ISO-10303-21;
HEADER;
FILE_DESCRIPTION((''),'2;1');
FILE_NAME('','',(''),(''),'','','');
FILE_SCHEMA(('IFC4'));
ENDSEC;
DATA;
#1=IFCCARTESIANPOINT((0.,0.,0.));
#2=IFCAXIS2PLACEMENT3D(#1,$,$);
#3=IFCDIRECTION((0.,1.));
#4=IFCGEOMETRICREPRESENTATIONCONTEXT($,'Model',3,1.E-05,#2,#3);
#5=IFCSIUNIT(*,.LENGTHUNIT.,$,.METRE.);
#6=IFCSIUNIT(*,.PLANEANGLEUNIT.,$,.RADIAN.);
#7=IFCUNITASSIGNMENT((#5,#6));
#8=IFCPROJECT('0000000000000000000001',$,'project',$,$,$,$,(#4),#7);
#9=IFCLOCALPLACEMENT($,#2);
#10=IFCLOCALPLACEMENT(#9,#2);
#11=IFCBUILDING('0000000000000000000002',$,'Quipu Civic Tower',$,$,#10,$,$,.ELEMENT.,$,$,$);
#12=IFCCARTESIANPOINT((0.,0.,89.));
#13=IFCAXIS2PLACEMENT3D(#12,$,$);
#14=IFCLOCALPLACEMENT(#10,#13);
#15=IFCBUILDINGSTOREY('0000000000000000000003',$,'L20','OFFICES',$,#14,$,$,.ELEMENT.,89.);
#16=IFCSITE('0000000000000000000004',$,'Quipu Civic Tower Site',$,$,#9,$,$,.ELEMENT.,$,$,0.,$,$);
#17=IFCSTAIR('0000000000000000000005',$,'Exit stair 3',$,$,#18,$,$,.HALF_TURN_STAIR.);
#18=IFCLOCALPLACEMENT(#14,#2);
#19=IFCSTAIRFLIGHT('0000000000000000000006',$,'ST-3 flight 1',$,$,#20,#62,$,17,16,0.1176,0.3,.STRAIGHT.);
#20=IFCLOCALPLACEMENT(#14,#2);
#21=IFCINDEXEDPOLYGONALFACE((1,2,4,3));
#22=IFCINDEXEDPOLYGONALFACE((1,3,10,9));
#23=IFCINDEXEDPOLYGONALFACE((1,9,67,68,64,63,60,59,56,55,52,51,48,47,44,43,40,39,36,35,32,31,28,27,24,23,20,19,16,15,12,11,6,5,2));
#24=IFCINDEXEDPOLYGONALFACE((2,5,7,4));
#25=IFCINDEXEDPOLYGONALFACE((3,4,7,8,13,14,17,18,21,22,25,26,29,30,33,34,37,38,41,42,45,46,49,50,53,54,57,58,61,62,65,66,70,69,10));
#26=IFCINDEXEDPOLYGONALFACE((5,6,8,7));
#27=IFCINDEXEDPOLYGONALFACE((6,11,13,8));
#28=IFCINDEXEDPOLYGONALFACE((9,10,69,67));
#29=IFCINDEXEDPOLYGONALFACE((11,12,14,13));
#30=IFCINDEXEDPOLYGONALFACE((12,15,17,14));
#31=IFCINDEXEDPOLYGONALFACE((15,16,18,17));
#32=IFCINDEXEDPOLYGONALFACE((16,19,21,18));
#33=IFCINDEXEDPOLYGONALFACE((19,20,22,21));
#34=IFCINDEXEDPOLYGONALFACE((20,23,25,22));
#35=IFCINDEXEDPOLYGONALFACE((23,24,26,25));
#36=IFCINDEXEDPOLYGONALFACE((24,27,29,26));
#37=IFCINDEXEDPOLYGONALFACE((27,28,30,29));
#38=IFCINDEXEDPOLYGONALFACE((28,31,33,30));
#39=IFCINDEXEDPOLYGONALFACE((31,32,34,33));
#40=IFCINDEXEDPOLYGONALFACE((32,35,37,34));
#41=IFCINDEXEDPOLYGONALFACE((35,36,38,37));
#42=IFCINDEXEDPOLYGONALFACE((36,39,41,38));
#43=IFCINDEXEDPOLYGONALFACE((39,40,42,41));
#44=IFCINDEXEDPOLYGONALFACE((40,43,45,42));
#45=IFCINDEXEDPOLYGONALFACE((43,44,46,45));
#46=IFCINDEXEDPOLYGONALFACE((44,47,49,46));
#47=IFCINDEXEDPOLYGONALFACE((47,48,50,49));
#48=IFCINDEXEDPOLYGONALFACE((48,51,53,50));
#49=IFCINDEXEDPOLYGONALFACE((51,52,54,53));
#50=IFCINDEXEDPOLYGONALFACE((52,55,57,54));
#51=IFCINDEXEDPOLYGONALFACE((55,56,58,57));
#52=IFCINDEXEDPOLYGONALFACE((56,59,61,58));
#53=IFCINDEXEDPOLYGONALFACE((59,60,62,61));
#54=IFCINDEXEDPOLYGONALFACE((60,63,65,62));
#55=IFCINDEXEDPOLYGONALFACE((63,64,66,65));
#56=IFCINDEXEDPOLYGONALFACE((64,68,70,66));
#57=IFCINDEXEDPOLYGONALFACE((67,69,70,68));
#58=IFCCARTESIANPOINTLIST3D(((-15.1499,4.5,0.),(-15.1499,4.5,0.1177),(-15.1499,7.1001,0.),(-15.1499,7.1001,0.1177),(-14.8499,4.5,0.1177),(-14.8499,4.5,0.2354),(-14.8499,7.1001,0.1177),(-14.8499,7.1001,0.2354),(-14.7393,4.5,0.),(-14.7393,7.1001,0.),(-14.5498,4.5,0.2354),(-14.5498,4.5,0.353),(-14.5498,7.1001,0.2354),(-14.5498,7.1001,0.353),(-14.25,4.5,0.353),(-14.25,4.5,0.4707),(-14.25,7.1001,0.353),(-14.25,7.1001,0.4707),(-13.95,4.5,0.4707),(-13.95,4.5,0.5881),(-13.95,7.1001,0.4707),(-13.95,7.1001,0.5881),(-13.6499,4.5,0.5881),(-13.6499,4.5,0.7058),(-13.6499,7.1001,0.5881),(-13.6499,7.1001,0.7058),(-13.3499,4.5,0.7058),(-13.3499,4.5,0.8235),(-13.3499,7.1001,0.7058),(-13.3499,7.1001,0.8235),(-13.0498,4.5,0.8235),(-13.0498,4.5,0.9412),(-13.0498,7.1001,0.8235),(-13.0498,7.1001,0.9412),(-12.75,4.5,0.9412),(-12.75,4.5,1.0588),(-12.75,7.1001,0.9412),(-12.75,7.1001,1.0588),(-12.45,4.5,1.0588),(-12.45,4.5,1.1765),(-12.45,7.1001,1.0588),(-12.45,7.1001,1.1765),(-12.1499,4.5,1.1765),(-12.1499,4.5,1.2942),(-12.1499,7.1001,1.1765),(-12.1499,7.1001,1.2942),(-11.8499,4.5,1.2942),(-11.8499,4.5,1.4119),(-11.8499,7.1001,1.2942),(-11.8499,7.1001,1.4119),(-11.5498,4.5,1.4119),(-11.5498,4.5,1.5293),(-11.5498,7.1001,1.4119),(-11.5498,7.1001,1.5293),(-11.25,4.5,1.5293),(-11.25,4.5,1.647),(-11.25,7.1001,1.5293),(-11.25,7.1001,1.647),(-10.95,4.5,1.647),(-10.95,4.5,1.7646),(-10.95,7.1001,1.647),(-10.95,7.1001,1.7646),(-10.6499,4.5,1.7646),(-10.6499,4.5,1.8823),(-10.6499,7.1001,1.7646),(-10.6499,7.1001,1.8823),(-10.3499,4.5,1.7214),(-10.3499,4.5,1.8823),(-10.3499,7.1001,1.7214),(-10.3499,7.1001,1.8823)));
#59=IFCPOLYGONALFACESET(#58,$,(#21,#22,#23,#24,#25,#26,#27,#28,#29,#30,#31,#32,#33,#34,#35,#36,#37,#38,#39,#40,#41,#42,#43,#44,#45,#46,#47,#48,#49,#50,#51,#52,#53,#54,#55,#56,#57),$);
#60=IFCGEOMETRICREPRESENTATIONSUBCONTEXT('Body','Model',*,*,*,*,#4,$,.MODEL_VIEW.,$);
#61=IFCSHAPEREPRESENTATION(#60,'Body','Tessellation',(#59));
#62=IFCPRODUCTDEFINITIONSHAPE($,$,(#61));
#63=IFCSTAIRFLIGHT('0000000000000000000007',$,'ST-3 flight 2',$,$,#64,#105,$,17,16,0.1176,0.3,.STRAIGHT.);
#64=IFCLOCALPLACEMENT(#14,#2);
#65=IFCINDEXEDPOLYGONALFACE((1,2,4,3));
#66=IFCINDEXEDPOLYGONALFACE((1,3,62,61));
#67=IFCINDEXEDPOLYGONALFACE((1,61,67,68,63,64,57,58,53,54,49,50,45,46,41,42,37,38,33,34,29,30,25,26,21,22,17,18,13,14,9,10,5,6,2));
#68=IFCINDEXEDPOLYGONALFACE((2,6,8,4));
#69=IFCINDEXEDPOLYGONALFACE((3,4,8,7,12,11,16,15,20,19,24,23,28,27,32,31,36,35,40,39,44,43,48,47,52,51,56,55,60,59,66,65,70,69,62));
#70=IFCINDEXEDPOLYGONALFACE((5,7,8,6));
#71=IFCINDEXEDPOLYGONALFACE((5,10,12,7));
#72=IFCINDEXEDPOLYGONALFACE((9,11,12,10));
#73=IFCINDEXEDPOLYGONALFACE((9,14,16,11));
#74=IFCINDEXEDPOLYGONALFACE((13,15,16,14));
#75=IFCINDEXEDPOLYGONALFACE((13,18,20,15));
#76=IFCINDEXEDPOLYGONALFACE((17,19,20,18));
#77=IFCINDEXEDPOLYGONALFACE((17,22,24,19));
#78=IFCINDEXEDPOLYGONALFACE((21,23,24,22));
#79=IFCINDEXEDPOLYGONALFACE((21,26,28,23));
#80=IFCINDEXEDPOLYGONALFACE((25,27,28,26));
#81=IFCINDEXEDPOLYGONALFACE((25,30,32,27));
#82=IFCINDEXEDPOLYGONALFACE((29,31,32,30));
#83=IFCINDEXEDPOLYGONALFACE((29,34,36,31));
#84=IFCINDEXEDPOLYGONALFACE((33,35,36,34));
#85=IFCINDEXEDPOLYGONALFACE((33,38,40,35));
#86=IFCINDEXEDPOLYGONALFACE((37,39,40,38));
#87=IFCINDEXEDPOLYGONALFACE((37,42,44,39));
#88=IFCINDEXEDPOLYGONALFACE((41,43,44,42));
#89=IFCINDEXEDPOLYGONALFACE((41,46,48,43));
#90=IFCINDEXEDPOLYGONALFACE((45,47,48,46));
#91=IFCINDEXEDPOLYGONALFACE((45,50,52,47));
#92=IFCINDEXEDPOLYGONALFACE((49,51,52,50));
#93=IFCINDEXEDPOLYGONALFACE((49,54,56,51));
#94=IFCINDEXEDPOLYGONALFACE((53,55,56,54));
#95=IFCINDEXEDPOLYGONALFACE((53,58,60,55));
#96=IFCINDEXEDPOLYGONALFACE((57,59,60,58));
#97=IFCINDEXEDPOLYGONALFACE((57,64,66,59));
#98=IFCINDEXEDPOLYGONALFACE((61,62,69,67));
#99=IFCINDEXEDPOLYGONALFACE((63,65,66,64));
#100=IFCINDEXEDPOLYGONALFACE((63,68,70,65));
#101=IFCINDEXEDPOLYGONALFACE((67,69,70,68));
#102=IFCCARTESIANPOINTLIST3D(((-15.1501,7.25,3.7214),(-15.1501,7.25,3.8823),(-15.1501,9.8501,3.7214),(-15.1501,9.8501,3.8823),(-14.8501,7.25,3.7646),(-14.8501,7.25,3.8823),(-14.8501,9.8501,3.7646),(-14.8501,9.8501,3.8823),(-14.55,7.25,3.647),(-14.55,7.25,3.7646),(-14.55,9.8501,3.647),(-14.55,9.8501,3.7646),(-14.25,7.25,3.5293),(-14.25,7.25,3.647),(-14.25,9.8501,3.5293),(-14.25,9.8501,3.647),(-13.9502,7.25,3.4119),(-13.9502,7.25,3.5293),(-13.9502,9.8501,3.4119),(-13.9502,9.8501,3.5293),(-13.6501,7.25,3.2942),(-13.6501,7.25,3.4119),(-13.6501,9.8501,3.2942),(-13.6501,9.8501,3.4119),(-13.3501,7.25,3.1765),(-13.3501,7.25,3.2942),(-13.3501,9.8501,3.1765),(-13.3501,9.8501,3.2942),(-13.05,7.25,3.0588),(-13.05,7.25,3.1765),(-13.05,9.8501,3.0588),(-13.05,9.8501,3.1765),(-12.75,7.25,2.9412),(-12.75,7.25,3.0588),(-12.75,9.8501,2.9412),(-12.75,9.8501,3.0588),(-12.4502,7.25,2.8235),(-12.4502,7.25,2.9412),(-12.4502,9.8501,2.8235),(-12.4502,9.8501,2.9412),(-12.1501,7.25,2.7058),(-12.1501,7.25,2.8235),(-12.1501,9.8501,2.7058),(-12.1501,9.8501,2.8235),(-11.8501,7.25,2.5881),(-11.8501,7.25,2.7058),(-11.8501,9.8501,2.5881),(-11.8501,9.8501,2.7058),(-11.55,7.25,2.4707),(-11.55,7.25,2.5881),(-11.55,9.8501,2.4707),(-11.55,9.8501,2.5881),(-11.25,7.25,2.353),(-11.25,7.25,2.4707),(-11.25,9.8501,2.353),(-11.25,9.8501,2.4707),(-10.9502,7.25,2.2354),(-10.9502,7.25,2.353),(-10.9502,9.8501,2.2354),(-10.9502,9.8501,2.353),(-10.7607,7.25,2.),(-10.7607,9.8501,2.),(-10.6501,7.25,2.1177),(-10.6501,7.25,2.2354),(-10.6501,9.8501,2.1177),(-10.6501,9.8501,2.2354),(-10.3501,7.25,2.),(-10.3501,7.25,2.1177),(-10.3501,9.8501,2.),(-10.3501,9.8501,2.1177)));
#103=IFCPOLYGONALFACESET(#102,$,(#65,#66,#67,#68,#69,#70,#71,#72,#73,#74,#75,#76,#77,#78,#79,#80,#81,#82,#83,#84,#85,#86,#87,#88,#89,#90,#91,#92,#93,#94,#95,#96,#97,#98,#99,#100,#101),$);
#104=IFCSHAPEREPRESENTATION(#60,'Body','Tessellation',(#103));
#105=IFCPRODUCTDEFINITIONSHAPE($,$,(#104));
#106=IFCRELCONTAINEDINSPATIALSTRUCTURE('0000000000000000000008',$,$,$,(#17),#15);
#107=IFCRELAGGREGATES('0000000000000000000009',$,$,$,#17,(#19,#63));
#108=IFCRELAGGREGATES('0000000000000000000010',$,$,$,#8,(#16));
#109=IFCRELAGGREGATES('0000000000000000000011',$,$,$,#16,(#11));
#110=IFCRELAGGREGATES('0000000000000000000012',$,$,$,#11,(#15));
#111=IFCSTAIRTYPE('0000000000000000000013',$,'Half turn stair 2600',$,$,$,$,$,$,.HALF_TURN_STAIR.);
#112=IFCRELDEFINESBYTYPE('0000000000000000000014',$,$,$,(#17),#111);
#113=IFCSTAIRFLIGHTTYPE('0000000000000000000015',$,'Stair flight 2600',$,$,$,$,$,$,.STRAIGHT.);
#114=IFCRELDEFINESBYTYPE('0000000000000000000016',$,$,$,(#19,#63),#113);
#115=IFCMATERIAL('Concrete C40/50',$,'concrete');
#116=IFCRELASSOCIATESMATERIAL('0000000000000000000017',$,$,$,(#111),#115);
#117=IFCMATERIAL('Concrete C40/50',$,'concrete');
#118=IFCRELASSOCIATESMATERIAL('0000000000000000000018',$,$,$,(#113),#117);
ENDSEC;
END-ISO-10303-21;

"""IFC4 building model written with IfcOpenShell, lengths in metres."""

from ifc_helpers import new_model, si_unit, direction, frame, origin, place, context, subcontext, project, spatial, polyline, outline, extrude, material, type_object, element, aggregate, save


model = new_model("IFC4")

# Units and contexts
model_context = context("Model", 3, precision=1e-05, world=origin(), true_north=direction((0.0, 1.0)))
body_context = subcontext(model_context, "Body", "Model", "MODEL_VIEW")
ifc_project = project(units=[si_unit("LENGTHUNIT", "METRE"), si_unit("PLANEANGLEUNIT", "RADIAN")], contexts=[model_context])

# Site, building, storey
site_placement = place(None, origin())
site = spatial("IfcSite", under=ifc_project, at=site_placement, Name="Quipu Civic Tower Site", CompositionType="ELEMENT", RefElevation=0.0)
building_placement = place(site_placement, origin())
building = spatial("IfcBuilding", under=site, at=building_placement, Name="Quipu Civic Tower", CompositionType="ELEMENT")
storey_placement = place(building_placement, frame((0.0, 0.0, 89.0)))
storey = spatial("IfcBuildingStorey", under=building, at=storey_placement, Name="L20", Description="OFFICES", CompositionType="ELEMENT", Elevation=89.0)

# Stair, stair flights
ifc_material_1 = material(Name="Concrete C40/50", Category="concrete")
stair_type = type_object("IfcStairType", Name="Half turn stair 2600", PredefinedType="HALF_TURN_STAIR", material=ifc_material_1)
stair_placement = place(storey_placement, origin())
stair = element("IfcStair", 1, at=stair_placement, inside=storey, type_object=stair_type, Name="Exit stair 3", PredefinedType="HALF_TURN_STAIR")
ifc_material_2 = material(Name="Concrete C40/50", Category="concrete")
stair_flight_type = type_object("IfcStairFlightType", Name="Stair flight 2600", PredefinedType="STRAIGHT", material=ifc_material_2)
stair_flight_1_placement = place(storey_placement, frame((-15.1499, 5.8, 0.0), z_axis=(0.0, 0.0, 1.0), x_axis=(1.0, 0.0, 0.0)))
stair_flight_1 = element("IfcStairFlight", 2, at=stair_flight_1_placement, type_object=stair_flight_type, Name="ST-3 flight 1", NumberOfRisers=17, NumberOfTreads=16, PredefinedType="STRAIGHT", RiserHeight=0.1176, TreadLength=0.3, context=body_context, shape_type="SweptSolid", body=[
    extrude(outline(polyline([(0.0, 0.0), (0.0, 0.1177), (0.3, 0.1177), (0.3, 0.2354), (0.6001, 0.2354), (0.6001, 0.353), (0.8999, 0.353), (0.8999, 0.4707), (1.2, 0.4707), (1.2, 0.5881), (1.5, 0.5881), (1.5, 0.7058), (1.8, 0.7058), (1.8, 0.8235), (2.1001, 0.8235), (2.1001, 0.9412), (2.3999, 0.9412), (2.3999, 1.0588), (2.7, 1.0588), (2.7, 1.1765), (3.0, 1.1765), (3.0, 1.2942), (3.3, 1.2942), (3.3, 1.4119), (3.6001, 1.4119), (3.6001, 1.5293), (3.8999, 1.5293), (3.8999, 1.647), (4.2, 1.647), (4.2, 1.7646), (4.5, 1.7646), (4.5, 1.8823), (4.8, 1.8823), (4.8, 2.0), (4.8, 1.7214), (0.4106, 0.0), (0.0, 0.0)])), frame((0.0, 1.3, 0.0), z_axis=(0.0, -1.0, 0.0), x_axis=(1.0, 0.0, 0.0)), (0.0, 0.0, 1.0), 2.6001),
])
stair_flight_2_placement = place(storey_placement, frame((-10.3501, 8.55, 2.0), z_axis=(0.0, 0.0, 1.0), x_axis=(-1.0, 0.0, 0.0)))
stair_flight_2 = element("IfcStairFlight", 3, at=stair_flight_2_placement, type_object=stair_flight_type, Name="ST-3 flight 2", NumberOfRisers=17, NumberOfTreads=16, PredefinedType="STRAIGHT", RiserHeight=0.1176, TreadLength=0.3, context=body_context, shape_type="SweptSolid", body=[
    extrude(outline(polyline([(0.0, 0.0), (0.0, 0.1177), (0.3, 0.1177), (0.3, 0.2354), (0.6001, 0.2354), (0.6001, 0.353), (0.8999, 0.353), (0.8999, 0.4707), (1.2, 0.4707), (1.2, 0.5881), (1.5, 0.5881), (1.5, 0.7058), (1.8, 0.7058), (1.8, 0.8235), (2.1001, 0.8235), (2.1001, 0.9412), (2.3999, 0.9412), (2.3999, 1.0588), (2.7, 1.0588), (2.7, 1.1765), (3.0, 1.1765), (3.0, 1.2942), (3.3, 1.2942), (3.3, 1.4119), (3.6001, 1.4119), (3.6001, 1.5293), (3.8999, 1.5293), (3.8999, 1.647), (4.2, 1.647), (4.2, 1.7646), (4.5, 1.7646), (4.5, 1.8823), (4.8, 1.8823), (4.8, 2.0), (4.8, 1.7214), (0.4106, 0.0), (0.0, 0.0)])), frame((0.0, 1.3, 0.0), z_axis=(0.0, -1.0, 0.0), x_axis=(1.0, 0.0, 0.0)), (0.0, 0.0, 1.0), 2.6001),
])
aggregate(stair, [stair_flight_1, stair_flight_2])

save(model, "model.ifc")
